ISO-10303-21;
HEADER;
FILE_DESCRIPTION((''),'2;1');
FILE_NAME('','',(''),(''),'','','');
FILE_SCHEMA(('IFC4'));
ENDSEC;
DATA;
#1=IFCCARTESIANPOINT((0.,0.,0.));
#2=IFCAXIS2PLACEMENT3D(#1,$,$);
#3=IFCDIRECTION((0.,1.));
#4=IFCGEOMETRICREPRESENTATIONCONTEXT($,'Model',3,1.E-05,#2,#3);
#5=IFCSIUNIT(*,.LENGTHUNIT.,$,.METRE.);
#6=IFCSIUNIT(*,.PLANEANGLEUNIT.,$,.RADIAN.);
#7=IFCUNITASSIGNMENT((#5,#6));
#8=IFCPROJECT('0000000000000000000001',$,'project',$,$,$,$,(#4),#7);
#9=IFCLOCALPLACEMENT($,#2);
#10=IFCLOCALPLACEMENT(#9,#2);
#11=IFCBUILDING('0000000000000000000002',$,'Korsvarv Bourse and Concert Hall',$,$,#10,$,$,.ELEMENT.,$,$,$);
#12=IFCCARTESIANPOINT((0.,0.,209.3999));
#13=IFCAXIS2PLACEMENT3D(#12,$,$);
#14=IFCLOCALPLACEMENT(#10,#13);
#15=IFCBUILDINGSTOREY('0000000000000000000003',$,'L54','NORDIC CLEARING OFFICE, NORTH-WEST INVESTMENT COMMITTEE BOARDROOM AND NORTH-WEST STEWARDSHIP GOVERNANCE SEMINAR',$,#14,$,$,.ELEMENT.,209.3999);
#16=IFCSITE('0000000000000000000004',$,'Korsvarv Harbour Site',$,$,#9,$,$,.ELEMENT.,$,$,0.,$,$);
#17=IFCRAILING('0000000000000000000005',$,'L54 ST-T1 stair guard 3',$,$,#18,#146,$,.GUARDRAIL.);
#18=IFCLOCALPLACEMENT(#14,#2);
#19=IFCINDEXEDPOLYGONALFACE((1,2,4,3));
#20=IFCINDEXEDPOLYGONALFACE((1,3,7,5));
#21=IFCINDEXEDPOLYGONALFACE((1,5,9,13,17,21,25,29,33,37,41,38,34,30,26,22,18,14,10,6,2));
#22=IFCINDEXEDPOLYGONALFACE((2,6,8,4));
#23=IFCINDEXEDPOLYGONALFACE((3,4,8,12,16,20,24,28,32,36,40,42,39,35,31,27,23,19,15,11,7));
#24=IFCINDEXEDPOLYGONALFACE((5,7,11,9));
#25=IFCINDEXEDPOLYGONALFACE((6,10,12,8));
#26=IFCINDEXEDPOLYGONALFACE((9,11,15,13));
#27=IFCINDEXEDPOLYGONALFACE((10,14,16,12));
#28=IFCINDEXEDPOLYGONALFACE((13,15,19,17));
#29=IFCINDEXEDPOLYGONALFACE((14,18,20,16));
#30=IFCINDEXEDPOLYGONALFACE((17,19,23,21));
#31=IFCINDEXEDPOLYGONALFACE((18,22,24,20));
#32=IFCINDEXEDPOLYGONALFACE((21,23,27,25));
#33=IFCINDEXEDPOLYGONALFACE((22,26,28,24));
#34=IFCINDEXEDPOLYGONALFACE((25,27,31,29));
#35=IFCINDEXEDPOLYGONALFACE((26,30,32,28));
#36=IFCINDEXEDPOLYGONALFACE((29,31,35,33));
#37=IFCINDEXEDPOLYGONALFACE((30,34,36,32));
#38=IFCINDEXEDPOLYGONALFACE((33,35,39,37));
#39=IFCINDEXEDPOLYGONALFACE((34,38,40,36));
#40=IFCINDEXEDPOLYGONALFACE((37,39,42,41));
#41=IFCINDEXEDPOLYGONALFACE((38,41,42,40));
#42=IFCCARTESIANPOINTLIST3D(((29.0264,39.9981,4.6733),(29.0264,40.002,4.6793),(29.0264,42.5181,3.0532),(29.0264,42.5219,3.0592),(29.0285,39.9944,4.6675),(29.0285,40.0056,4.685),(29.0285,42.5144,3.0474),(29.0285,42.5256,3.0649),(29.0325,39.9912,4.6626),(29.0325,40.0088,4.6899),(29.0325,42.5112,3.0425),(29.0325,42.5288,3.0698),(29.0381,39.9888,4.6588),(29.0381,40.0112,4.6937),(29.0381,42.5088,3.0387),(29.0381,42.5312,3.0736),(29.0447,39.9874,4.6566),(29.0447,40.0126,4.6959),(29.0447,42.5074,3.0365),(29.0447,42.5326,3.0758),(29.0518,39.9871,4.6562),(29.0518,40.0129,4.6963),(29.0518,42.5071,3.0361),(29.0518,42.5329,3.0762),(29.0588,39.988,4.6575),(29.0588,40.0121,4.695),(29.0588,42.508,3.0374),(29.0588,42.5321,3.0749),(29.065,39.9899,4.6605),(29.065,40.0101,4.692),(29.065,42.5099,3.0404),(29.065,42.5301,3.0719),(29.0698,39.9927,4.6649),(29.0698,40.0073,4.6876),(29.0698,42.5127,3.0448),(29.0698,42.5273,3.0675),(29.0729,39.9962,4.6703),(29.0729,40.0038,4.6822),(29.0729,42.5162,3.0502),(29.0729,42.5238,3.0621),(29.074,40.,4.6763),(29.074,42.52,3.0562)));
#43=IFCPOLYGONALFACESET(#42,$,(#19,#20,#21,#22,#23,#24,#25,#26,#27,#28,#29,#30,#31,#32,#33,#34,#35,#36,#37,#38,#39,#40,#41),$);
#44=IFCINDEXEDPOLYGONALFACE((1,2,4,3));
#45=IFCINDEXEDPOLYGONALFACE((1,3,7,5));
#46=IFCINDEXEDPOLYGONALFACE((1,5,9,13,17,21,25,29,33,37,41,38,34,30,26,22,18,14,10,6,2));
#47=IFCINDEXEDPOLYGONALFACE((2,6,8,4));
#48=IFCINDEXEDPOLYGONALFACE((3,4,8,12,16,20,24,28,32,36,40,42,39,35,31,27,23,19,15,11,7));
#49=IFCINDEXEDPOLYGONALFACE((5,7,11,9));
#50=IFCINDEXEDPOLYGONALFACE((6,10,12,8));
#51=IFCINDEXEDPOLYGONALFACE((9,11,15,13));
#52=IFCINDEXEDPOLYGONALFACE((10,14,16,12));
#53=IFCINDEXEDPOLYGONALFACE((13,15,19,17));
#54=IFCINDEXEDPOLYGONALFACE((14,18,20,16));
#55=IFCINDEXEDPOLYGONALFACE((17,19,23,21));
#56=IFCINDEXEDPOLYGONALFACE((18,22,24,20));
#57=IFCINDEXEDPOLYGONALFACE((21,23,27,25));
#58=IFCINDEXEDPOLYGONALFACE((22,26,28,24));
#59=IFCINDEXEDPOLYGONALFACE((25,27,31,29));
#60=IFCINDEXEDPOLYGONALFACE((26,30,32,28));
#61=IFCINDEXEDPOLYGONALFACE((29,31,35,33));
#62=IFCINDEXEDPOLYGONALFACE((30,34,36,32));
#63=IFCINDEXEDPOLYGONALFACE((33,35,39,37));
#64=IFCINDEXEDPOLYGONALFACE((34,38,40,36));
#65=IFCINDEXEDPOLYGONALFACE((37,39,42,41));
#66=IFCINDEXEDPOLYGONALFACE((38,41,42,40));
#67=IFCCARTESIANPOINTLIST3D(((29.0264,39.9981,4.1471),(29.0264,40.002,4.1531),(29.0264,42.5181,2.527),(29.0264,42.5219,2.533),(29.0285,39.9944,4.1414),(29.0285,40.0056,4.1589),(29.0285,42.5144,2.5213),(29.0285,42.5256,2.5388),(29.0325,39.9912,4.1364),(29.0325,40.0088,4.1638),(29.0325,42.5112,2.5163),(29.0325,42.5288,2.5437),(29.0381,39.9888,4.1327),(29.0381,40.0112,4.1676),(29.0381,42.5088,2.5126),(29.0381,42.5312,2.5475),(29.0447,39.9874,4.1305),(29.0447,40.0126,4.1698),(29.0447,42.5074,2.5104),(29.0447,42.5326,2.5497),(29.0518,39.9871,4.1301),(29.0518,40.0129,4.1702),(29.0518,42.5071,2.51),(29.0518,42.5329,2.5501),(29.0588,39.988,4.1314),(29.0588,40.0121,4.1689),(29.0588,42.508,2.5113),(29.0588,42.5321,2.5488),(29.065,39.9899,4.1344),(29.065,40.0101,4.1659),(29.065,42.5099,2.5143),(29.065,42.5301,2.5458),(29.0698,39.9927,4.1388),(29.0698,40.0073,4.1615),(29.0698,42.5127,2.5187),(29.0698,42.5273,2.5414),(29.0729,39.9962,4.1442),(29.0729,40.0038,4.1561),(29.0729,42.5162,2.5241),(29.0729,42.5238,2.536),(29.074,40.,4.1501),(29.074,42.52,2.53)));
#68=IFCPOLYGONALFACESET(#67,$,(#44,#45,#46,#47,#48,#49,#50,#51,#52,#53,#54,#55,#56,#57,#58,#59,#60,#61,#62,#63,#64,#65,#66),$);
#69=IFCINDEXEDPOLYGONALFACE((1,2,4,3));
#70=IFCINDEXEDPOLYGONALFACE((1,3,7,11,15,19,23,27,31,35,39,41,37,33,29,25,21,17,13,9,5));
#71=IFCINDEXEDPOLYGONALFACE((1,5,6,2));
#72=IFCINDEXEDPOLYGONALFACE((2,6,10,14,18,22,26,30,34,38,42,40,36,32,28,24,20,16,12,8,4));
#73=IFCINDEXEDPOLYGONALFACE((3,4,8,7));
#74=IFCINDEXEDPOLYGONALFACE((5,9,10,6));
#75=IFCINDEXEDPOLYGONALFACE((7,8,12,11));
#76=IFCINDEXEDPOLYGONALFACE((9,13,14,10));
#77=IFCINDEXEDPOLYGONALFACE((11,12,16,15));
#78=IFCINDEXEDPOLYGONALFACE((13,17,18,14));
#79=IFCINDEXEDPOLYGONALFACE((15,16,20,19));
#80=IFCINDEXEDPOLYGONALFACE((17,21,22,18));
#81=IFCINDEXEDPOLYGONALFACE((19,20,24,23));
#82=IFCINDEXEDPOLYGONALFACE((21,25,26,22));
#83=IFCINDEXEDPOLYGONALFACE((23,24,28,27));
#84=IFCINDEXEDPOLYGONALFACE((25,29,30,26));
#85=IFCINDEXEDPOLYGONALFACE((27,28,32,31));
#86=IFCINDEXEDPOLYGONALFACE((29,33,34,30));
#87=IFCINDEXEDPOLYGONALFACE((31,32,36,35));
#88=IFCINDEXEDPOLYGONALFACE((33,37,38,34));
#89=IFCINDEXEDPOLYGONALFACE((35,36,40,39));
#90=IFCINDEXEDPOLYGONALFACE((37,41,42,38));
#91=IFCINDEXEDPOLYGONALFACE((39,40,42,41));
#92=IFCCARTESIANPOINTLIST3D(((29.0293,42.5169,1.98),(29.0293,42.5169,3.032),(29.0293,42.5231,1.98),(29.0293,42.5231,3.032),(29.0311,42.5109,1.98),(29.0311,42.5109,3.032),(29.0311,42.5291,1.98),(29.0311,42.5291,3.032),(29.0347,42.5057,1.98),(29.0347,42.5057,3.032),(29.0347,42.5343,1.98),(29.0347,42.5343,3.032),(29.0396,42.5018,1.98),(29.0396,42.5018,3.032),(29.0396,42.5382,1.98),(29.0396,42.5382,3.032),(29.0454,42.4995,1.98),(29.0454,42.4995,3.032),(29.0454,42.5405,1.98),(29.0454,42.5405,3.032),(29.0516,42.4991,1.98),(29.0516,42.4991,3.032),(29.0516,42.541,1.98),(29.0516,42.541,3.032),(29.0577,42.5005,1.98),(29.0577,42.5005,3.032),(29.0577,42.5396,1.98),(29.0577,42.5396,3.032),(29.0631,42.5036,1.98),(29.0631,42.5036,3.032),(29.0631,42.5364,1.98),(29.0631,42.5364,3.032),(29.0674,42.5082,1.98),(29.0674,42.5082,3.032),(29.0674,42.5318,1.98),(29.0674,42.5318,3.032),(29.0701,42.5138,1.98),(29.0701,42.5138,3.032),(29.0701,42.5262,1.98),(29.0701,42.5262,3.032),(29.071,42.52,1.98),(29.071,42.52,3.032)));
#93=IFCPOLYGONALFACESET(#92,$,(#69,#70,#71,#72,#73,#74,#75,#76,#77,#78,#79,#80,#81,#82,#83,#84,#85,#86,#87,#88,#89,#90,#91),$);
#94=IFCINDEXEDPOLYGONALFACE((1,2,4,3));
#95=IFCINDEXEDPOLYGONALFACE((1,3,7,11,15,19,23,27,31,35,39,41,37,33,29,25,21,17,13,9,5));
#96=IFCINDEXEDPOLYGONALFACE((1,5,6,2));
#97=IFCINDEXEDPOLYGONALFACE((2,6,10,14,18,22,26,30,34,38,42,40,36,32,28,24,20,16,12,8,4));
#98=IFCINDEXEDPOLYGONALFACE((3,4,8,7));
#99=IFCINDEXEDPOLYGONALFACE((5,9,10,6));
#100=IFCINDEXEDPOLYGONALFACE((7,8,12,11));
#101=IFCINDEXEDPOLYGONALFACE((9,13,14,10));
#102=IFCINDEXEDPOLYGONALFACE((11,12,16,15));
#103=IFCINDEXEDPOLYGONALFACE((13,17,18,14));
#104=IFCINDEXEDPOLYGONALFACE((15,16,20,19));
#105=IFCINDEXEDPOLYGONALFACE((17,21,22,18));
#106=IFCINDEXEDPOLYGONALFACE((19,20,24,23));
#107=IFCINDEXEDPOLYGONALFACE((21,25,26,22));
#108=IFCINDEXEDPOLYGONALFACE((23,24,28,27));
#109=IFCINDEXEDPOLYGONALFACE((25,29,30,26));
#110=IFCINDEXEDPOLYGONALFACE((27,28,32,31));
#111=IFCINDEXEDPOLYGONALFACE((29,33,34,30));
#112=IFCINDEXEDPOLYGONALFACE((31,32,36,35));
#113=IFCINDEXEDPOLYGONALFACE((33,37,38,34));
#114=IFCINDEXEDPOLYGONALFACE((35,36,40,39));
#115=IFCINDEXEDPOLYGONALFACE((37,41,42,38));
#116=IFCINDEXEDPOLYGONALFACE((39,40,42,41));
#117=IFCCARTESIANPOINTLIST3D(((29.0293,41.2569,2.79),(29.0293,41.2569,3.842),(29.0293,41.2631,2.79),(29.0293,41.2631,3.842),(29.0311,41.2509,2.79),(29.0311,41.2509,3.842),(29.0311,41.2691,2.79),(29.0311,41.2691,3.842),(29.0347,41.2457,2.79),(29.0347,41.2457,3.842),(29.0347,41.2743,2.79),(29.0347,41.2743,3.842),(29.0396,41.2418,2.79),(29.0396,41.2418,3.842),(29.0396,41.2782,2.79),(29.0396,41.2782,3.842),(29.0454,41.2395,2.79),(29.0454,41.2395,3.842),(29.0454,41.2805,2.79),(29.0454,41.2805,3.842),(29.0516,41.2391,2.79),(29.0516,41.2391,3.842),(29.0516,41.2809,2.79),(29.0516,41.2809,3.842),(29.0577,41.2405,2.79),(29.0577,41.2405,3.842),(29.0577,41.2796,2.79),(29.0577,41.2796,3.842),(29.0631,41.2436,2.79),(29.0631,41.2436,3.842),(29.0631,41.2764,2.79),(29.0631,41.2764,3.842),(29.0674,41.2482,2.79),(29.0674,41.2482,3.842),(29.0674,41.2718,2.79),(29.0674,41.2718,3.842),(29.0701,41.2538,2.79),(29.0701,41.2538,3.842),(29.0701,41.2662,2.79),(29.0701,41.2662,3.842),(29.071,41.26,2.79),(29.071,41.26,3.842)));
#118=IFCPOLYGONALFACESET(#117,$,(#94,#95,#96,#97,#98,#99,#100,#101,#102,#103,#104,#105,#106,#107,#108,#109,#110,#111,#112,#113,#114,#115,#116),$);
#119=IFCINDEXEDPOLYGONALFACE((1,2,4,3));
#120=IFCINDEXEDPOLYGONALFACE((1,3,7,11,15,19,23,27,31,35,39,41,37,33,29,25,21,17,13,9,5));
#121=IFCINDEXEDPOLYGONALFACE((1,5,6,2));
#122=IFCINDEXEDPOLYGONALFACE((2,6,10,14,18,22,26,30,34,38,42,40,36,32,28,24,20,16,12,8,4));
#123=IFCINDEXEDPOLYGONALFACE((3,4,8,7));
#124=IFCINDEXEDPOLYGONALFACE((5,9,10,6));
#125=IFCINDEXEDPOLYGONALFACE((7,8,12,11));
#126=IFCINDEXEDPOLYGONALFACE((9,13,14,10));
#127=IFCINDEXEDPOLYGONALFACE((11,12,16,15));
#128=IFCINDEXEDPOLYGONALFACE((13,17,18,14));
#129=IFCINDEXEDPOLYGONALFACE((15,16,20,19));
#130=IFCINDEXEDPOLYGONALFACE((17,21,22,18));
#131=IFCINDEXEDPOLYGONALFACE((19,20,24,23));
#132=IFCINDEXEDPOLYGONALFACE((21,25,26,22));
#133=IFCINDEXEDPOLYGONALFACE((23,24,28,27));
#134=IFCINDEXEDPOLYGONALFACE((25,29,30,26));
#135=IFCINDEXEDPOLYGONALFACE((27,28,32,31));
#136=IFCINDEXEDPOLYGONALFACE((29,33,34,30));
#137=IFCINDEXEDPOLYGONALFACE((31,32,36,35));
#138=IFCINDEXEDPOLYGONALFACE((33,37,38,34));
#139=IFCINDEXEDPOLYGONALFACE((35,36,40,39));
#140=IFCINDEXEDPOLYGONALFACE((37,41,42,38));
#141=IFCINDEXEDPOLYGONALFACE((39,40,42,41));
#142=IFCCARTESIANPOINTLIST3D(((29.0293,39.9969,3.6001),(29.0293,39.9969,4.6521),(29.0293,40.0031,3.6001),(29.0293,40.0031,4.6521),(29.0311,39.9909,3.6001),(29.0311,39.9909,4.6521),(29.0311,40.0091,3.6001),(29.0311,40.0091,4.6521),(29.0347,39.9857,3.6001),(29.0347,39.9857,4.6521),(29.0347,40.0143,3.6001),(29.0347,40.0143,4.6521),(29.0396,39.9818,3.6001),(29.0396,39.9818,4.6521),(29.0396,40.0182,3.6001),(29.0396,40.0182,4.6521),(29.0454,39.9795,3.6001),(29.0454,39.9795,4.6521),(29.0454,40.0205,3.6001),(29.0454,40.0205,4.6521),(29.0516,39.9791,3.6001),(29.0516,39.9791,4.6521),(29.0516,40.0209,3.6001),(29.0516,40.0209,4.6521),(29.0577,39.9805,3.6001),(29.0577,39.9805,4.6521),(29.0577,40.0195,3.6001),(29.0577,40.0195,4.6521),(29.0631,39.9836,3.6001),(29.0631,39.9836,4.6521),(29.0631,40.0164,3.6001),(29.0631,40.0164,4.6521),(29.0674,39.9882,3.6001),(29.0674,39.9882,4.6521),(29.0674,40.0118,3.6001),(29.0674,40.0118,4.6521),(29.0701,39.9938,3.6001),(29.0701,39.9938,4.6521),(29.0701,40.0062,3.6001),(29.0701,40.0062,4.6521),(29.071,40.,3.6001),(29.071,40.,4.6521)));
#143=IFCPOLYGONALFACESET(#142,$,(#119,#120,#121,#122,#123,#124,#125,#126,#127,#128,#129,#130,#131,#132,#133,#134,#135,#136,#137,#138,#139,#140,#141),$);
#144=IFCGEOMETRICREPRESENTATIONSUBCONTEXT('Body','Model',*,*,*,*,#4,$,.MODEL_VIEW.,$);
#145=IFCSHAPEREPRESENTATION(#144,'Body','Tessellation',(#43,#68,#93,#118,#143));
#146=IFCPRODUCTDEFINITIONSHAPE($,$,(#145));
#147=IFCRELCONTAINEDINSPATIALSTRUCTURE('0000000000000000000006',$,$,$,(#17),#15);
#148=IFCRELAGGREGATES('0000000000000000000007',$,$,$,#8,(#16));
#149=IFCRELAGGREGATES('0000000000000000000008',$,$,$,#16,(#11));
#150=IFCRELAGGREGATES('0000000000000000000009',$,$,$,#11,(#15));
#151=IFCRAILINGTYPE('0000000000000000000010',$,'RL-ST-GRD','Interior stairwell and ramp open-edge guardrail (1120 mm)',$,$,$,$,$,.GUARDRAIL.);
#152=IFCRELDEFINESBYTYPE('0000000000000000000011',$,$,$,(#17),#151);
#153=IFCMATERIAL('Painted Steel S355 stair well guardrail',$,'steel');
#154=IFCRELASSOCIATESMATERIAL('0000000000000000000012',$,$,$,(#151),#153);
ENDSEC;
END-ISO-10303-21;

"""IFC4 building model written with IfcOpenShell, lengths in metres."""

from ifc_helpers import new_model, si_unit, direction, frame, origin, origin_2d, place, context, subcontext, project, spatial, circle, extrude, material, type_object, element, save


model = new_model("IFC4")

# Units and contexts
model_context = context("Model", 3, precision=1e-05, world=origin(), true_north=direction((0.0, 1.0)))
body_context = subcontext(model_context, "Body", "Model", "MODEL_VIEW")
ifc_project = project(units=[si_unit("LENGTHUNIT", "METRE"), si_unit("PLANEANGLEUNIT", "RADIAN")], contexts=[model_context])

# Site, building, storey
site_placement = place(None, origin())
site = spatial("IfcSite", under=ifc_project, at=site_placement, Name="Korsvarv Harbour Site", CompositionType="ELEMENT", RefElevation=0.0)
building_placement = place(site_placement, origin())
building = spatial("IfcBuilding", under=site, at=building_placement, Name="Korsvarv Bourse and Concert Hall", CompositionType="ELEMENT")
storey_placement = place(building_placement, frame((0.0, 0.0, 209.3999)))
storey = spatial("IfcBuildingStorey", under=building, at=storey_placement, Name="L54", Description="NORDIC CLEARING OFFICE, NORTH-WEST INVESTMENT COMMITTEE BOARDROOM AND NORTH-WEST STEWARDSHIP GOVERNANCE SEMINAR", CompositionType="ELEMENT", Elevation=209.3999)

# Railing
ifc_material_1 = material(Name="Painted Steel S355 stair well guardrail", Category="steel")
railing_type_1 = type_object("IfcRailingType", Name="RL-ST-GRD", Description="Interior stairwell and ramp open-edge guardrail (1120 mm)", PredefinedType="GUARDRAIL", material=ifc_material_1)
railing_1_placement = place(storey_placement, frame((29.05, 42.52, 1.98)))
element("IfcRailing", 1, at=railing_1_placement, inside=storey, type_object=railing_type_1, Name="L54 ST-T1 stair guard 3", PredefinedType="GUARDRAIL", context=body_context, shape_type="SweptSolid", body=[
    extrude(circle(Radius=0.0239, at=origin_2d()), frame((0.0, 0.0, 1.0762), z_axis=(0.0, -0.841163, 0.540782), x_axis=(1.0, 0.0, 0.0)), (0.0, 0.0, 1.0), 2.9958),
    extrude(circle(Radius=0.0239, at=origin_2d()), frame((0.0, 0.0, 0.55), z_axis=(0.0, -0.841163, 0.540782), x_axis=(1.0, 0.0, 0.0)), (0.0, 0.0, 1.0), 2.9958),
    extrude(circle(Radius=0.021, at=origin_2d()), origin(), (0.0, 0.0, 1.0), 1.052),
    extrude(circle(Radius=0.021, at=origin_2d()), frame((0.0, -1.26, 0.8101)), (0.0, 0.0, 1.0), 1.052),
    extrude(circle(Radius=0.021, at=origin_2d()), frame((0.0, -2.52, 1.6201)), (0.0, 0.0, 1.0), 1.052),
])

save(model, "model.ifc")
